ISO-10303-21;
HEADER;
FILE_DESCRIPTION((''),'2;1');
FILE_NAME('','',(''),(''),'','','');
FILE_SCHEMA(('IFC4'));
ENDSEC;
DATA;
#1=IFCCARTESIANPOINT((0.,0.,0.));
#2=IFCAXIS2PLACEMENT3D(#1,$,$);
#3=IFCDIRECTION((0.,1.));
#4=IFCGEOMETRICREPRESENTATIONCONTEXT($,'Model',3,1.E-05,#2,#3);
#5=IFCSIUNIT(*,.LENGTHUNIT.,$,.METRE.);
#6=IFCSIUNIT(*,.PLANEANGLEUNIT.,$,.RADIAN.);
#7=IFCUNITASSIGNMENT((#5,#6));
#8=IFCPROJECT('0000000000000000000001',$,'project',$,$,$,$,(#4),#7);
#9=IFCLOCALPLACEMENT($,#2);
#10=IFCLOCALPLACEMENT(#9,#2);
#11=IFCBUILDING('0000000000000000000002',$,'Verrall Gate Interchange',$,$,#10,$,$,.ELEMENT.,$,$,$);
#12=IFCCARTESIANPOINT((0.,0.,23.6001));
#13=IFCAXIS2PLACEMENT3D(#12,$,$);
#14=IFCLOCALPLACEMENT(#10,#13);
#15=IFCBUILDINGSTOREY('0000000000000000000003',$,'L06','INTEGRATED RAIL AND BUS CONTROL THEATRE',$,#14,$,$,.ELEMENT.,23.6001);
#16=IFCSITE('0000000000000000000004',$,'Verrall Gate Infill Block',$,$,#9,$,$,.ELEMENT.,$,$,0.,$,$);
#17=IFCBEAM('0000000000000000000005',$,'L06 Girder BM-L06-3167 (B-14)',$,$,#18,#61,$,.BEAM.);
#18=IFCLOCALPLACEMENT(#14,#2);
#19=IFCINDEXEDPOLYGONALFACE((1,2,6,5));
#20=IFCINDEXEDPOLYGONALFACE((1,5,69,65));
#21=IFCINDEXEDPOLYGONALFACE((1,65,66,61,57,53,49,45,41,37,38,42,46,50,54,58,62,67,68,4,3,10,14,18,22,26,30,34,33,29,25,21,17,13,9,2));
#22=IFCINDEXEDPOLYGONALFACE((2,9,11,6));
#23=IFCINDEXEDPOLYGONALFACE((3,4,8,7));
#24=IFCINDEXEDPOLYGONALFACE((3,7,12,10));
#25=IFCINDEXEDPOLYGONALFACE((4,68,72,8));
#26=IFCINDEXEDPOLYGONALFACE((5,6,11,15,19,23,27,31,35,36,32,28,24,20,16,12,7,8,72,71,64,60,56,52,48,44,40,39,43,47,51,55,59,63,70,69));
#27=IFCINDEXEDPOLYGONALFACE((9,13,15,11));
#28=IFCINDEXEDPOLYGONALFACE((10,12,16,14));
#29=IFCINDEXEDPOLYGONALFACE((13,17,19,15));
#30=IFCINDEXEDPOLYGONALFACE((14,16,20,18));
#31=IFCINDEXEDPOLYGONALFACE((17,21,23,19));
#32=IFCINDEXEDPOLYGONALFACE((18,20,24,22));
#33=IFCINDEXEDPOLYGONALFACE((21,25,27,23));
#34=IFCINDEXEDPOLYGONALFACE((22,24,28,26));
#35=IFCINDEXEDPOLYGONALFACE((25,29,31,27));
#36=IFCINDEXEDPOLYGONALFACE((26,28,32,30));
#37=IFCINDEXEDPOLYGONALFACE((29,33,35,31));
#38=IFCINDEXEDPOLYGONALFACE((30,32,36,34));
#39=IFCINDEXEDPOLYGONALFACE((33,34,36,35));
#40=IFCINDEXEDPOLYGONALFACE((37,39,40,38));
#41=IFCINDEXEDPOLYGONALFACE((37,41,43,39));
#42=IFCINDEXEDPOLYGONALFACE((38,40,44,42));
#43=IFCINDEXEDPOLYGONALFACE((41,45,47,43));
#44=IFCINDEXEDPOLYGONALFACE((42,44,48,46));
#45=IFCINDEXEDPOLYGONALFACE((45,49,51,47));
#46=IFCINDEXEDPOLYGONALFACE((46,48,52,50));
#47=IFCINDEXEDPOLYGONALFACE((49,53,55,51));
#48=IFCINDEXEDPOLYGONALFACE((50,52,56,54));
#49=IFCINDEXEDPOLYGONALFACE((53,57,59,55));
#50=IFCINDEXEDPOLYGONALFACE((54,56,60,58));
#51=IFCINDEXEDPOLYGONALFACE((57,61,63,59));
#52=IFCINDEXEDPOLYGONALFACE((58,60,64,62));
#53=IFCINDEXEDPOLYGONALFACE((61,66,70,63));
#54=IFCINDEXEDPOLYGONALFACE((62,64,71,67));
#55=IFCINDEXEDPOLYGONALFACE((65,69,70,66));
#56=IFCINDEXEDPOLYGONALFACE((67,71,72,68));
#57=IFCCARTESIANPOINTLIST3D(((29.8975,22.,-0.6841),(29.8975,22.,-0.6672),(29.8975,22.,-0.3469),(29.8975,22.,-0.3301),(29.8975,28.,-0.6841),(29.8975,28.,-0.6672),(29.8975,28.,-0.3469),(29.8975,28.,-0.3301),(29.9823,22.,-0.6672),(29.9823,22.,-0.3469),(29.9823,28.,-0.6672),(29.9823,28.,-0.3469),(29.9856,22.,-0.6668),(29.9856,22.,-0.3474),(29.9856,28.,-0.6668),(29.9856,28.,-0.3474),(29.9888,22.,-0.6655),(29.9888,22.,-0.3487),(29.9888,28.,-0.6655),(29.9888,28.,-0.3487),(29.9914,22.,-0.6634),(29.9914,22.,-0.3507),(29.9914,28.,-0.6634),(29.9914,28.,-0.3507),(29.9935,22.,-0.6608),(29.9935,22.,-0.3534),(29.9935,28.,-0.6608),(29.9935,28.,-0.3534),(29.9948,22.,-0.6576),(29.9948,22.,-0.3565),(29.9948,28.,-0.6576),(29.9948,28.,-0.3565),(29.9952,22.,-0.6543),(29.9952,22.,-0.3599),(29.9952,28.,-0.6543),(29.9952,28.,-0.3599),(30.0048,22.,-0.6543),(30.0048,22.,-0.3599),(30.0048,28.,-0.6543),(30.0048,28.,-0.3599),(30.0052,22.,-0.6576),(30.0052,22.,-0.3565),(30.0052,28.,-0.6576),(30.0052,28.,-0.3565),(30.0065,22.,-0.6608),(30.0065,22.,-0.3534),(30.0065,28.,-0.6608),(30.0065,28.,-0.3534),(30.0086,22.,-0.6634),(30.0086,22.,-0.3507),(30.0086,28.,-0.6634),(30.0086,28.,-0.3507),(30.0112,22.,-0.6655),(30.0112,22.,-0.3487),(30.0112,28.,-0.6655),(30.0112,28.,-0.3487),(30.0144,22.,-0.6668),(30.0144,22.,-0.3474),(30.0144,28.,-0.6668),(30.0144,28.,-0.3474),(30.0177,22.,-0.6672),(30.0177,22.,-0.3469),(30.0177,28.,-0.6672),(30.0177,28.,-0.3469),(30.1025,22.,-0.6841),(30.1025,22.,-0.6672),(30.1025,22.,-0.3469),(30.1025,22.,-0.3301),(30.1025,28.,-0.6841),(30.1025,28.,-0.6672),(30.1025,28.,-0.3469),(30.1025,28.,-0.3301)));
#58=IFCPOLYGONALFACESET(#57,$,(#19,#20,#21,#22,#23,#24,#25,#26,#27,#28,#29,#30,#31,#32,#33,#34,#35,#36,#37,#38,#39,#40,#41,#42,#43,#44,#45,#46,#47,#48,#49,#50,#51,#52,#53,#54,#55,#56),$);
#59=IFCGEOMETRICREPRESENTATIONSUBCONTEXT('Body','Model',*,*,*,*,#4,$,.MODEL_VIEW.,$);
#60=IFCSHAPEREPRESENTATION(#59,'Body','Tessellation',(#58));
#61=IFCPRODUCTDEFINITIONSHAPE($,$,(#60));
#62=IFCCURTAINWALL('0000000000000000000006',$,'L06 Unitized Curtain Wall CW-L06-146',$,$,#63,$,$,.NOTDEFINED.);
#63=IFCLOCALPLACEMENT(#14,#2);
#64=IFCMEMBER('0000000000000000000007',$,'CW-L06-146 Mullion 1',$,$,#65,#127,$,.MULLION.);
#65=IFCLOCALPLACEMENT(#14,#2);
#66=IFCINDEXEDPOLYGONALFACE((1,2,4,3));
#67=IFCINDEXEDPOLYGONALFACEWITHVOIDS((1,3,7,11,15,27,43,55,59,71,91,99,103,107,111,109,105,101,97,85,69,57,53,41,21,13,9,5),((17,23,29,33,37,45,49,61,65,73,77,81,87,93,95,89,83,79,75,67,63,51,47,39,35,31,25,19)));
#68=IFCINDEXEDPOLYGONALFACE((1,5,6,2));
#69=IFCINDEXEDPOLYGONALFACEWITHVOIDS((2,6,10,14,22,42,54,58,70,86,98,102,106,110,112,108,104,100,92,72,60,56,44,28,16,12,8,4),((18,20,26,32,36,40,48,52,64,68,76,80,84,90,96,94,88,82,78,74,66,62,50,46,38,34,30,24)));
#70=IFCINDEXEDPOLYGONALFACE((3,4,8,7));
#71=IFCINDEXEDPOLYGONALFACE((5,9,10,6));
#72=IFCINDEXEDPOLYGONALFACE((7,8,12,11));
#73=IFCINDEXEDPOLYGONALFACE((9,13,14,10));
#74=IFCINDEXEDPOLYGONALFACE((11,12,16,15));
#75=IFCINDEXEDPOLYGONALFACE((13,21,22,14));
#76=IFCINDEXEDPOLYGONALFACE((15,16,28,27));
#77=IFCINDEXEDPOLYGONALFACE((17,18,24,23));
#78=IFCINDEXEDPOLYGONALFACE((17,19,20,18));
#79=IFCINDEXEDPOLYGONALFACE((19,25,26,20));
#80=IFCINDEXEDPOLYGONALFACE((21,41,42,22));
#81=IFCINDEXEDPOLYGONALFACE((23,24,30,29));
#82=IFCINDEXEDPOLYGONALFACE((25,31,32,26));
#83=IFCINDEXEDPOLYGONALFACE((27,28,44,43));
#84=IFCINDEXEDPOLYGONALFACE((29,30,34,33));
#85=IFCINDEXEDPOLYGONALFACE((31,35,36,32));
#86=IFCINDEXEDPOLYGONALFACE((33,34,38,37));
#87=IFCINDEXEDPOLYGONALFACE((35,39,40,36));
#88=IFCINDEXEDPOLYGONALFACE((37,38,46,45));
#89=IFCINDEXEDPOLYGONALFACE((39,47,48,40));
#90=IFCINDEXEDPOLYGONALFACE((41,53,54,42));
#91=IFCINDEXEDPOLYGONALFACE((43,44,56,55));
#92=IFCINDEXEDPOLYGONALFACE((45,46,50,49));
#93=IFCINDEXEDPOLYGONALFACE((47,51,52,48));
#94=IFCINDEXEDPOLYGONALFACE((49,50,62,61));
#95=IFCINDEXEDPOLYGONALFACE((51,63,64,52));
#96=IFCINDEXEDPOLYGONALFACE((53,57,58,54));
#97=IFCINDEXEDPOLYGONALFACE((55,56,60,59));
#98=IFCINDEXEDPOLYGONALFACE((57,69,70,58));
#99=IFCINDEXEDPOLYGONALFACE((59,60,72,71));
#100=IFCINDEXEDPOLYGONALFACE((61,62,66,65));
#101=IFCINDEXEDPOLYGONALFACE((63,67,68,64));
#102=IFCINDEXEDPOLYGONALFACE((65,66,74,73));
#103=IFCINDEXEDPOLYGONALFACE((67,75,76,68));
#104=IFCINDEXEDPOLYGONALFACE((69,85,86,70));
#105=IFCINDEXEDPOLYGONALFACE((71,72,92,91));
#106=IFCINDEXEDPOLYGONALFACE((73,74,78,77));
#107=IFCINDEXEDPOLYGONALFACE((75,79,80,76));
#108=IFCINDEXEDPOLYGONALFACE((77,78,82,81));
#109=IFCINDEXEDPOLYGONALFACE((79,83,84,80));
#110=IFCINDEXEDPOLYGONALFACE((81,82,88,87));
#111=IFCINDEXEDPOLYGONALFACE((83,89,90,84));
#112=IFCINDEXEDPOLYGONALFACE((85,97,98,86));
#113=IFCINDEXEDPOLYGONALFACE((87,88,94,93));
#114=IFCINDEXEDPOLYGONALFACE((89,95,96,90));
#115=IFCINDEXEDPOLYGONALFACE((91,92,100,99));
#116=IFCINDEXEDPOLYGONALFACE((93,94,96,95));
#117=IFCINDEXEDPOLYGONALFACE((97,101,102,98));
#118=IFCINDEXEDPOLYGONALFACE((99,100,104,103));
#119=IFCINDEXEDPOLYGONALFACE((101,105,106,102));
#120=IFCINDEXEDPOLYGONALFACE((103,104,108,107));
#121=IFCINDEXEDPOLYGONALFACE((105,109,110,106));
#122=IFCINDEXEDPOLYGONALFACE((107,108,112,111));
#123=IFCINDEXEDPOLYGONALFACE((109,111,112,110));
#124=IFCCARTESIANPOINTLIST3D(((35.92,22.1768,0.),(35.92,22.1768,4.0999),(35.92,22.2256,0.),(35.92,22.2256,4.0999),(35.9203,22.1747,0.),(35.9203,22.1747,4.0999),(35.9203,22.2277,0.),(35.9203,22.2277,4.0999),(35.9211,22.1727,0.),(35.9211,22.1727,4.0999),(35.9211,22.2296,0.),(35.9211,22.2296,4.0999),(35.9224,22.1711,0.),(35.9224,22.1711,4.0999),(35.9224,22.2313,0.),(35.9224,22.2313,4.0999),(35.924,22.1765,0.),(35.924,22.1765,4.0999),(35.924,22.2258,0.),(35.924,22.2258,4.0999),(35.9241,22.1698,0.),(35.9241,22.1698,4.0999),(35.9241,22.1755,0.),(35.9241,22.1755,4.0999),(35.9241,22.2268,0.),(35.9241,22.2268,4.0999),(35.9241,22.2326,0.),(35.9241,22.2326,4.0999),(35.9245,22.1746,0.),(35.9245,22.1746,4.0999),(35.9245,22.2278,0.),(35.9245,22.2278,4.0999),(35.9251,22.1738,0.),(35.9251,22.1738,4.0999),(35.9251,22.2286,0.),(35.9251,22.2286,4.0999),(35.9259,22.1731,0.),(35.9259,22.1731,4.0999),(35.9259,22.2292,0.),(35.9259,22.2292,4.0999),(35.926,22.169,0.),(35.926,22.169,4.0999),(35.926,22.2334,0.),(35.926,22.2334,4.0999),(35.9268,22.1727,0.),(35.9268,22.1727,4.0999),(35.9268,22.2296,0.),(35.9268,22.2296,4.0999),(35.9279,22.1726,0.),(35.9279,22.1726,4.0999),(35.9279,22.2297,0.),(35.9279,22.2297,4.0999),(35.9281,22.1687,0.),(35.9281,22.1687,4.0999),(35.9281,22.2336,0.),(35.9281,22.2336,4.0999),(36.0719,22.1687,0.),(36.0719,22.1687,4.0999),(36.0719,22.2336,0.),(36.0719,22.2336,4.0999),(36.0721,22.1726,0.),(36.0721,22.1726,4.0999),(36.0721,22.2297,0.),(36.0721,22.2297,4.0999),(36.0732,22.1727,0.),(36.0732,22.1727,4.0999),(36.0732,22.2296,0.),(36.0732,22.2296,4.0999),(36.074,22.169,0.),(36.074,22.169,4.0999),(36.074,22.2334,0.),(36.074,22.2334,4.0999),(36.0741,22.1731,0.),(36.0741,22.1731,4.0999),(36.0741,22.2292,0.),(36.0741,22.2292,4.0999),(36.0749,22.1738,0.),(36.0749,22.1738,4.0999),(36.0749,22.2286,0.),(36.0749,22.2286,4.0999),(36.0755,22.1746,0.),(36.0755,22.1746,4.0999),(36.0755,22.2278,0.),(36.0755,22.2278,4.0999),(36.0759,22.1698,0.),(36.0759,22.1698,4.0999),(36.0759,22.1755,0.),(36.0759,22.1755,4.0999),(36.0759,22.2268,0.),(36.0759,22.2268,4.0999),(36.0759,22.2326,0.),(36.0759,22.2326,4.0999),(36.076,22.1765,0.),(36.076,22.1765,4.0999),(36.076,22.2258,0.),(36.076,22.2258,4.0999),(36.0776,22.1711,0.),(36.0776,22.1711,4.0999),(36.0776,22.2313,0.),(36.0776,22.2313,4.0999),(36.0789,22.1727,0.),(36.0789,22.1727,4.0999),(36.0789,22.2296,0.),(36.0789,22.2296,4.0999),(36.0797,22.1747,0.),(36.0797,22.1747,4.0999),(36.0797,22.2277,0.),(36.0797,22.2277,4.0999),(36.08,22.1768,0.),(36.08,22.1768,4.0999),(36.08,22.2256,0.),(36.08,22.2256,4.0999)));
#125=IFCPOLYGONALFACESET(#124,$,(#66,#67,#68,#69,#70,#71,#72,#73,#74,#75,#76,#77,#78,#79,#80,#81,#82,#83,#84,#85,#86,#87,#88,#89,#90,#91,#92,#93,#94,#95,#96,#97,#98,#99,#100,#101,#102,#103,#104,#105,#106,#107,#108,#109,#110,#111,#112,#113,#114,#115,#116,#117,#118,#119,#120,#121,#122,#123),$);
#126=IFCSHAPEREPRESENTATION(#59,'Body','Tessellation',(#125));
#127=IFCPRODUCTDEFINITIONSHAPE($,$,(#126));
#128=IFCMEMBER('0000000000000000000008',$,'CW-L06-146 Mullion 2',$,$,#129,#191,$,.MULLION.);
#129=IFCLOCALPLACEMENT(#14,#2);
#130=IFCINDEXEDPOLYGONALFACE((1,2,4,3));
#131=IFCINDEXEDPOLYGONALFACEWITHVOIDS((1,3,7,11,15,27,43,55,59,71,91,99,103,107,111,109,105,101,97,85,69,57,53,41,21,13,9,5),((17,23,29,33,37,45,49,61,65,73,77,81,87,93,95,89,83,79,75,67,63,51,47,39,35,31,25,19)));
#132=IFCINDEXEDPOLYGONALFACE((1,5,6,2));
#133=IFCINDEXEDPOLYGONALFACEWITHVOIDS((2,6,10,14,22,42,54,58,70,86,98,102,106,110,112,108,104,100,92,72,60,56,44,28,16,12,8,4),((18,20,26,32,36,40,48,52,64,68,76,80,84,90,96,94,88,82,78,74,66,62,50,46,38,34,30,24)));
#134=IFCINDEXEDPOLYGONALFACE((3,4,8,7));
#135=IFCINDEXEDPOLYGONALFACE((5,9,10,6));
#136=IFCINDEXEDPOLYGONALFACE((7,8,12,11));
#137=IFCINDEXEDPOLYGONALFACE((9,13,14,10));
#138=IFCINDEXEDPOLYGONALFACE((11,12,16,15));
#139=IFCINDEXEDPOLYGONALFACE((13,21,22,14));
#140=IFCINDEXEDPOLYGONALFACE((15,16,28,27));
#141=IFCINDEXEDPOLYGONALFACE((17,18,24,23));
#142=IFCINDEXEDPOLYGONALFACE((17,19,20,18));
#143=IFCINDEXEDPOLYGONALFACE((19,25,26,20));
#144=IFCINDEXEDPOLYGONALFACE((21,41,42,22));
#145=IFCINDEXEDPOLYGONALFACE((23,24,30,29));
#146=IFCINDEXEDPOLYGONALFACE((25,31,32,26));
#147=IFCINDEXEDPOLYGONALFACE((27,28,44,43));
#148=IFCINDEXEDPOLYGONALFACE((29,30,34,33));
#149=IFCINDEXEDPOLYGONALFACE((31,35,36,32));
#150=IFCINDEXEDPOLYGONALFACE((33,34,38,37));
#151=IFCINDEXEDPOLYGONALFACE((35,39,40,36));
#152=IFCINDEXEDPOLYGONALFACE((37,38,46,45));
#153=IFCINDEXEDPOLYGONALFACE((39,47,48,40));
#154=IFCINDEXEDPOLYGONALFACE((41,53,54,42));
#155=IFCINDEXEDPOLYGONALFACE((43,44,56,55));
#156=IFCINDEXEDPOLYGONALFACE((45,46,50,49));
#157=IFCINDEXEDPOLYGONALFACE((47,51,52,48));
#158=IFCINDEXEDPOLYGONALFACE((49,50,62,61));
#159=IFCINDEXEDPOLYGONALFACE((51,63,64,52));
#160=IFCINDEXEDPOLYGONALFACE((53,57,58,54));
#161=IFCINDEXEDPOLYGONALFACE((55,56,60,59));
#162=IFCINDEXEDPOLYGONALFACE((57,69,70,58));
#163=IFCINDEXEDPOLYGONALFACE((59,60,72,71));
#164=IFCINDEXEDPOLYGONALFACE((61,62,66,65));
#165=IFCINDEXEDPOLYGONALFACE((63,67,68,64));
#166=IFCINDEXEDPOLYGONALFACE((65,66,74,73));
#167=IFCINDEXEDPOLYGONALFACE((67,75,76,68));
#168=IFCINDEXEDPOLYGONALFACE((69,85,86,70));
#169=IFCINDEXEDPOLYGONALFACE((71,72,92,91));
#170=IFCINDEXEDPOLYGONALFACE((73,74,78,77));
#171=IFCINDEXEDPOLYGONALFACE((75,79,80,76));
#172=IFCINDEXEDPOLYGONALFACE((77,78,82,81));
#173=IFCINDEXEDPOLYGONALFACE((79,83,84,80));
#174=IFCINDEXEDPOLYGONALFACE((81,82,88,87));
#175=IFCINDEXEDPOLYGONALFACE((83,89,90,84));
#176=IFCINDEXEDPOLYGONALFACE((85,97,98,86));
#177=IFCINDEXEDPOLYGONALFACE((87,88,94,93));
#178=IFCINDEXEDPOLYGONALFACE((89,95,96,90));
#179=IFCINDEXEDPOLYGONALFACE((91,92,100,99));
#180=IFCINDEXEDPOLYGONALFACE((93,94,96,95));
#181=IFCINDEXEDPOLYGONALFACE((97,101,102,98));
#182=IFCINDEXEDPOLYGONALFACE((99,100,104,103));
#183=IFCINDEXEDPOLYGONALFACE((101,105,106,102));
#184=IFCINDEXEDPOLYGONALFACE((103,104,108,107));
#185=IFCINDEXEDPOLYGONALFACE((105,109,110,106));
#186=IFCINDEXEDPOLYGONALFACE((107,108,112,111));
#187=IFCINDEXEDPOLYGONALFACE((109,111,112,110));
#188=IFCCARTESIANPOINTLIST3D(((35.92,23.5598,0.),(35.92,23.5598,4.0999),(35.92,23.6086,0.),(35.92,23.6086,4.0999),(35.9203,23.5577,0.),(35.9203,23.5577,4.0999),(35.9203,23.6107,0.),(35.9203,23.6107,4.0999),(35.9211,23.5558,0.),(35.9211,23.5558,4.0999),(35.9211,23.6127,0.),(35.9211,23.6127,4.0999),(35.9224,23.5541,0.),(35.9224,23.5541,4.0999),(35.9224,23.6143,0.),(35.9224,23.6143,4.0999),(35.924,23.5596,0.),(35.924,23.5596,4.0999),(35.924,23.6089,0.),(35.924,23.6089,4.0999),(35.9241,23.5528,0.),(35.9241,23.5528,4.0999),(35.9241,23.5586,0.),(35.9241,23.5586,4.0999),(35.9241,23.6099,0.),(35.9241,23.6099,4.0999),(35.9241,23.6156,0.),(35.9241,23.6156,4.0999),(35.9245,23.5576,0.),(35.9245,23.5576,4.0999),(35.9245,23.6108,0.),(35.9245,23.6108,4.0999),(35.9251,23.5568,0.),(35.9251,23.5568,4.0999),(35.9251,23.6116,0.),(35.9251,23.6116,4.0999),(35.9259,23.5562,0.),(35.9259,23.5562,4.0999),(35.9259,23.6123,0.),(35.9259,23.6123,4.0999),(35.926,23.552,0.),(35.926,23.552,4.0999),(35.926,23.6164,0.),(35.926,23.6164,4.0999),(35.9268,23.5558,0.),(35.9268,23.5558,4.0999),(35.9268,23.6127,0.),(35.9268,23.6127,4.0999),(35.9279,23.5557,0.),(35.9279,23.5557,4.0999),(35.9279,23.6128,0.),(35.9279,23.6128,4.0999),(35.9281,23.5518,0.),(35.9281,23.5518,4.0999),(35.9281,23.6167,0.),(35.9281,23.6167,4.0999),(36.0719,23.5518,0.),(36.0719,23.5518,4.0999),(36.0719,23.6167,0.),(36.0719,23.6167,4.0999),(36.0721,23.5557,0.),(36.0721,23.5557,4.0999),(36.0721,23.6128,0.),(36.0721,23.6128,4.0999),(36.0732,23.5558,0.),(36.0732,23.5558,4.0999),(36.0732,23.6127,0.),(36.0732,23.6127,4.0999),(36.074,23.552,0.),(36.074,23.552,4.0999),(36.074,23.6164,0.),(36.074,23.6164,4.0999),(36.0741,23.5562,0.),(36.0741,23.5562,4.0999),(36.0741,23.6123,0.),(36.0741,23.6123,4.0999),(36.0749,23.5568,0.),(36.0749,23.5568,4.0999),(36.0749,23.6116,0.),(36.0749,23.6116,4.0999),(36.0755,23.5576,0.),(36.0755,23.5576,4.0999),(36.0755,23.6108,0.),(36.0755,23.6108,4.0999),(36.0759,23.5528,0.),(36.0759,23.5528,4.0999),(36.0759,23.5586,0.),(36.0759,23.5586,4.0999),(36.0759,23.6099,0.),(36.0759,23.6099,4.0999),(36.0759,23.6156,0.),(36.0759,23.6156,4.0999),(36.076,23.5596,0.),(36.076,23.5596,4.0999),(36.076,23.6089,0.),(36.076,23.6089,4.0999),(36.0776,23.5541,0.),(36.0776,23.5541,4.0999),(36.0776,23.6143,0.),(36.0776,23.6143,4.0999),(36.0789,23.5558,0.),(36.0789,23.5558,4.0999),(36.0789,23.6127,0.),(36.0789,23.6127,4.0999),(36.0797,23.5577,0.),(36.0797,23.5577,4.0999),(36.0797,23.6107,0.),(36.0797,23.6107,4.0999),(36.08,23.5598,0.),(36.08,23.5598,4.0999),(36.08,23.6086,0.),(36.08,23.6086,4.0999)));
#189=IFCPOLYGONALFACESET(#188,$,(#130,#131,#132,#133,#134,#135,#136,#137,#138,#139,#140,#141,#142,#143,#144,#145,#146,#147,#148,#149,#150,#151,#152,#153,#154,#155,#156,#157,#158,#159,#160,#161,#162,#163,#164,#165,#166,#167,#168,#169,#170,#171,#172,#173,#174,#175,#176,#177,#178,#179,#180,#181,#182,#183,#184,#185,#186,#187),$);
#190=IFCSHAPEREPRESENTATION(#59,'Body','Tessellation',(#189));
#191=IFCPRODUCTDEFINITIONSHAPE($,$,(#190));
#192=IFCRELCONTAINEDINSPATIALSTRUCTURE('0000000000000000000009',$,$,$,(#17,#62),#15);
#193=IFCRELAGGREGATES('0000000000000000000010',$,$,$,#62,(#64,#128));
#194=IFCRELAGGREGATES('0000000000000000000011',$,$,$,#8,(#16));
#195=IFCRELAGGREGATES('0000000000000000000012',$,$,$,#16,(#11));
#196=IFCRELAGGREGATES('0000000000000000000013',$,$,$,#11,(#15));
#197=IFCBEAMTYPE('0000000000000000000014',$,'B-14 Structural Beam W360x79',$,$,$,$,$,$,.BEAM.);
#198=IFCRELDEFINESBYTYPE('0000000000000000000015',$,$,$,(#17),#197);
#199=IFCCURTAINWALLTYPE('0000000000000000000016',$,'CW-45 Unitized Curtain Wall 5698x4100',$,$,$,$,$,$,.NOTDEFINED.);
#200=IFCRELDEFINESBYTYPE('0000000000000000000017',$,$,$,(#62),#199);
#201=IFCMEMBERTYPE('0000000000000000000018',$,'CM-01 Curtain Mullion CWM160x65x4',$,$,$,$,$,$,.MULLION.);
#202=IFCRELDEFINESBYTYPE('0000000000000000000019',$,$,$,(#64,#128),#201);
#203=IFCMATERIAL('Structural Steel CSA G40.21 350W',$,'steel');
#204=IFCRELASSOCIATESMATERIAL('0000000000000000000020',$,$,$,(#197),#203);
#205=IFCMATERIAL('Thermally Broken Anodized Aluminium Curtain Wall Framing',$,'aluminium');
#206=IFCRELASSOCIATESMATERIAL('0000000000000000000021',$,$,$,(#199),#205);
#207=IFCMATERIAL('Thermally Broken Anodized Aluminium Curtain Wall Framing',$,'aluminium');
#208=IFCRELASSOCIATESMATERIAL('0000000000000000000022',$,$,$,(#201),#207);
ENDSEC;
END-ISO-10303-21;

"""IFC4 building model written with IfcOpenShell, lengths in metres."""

from ifc_helpers import new_model, si_unit, direction, frame, origin, origin_2d, place, context, subcontext, project, spatial, hollow_rectangle, i_section, extrude, material, material_profile, profile_set, type_object, element, aggregate, save


model = new_model("IFC4")

# Units and contexts
model_context = context("Model", 3, precision=1e-05, world=origin(), true_north=direction((0.0, 1.0)))
body_context = subcontext(model_context, "Body", "Model", "MODEL_VIEW")
ifc_project = project(units=[si_unit("LENGTHUNIT", "METRE"), si_unit("PLANEANGLEUNIT", "RADIAN")], contexts=[model_context])

# Site, building, storey
site_placement = place(None, origin())
site = spatial("IfcSite", under=ifc_project, at=site_placement, Name="Verrall Gate Infill Block", CompositionType="ELEMENT", RefElevation=0.0)
building_placement = place(site_placement, origin())
building = spatial("IfcBuilding", under=site, at=building_placement, Name="Verrall Gate Interchange", CompositionType="ELEMENT")
storey_placement = place(building_placement, frame((0.0, 0.0, 23.6001)))
storey = spatial("IfcBuildingStorey", under=building, at=storey_placement, Name="L06", Description="INTEGRATED RAIL AND BUS CONTROL THEATRE", CompositionType="ELEMENT", Elevation=23.6001)

# Beam
ifc_material_1 = material(Name="Structural Steel CSA G40.21 350W", Category="steel")
ifc_material_profile_1 = material_profile(ifc_material_1, i_section(OverallWidth=0.2051, OverallDepth=0.354, WebThickness=0.0095, FlangeThickness=0.0168, FilletRadius=0.0129, at=origin_2d()), Name="W360x79")
ifc_profile_set_1 = profile_set([ifc_material_profile_1], Name="Structural Steel CSA G40.21 350W")
beam_type_1 = type_object("IfcBeamType", Name="B-14 Structural Beam W360x79", PredefinedType="BEAM", material=ifc_profile_set_1)
for number, where, z_axis, x_axis, name in (
    (1, (30.0, 22.0, -0.5071), (0.0, 1.0, 0.0), (-1.0, 0.0, 0.0), "L06 Girder BM-L06-3167 (B-14)"),
):
    element("IfcBeam", number, at=place(storey_placement, frame(where, z_axis=z_axis, x_axis=x_axis)), inside=storey, type_object=beam_type_1, Name=name, PredefinedType="BEAM", context=body_context, shape_type="SweptSolid", body=[
        extrude(i_section(OverallWidth=0.2051, OverallDepth=0.354, WebThickness=0.0095, FlangeThickness=0.0168, FilletRadius=0.0129, at=origin_2d()), origin(), (0.0, 0.0, 1.0), 6.0),
    ])

# Curtain wall, members
ifc_material_2 = material(Name="Thermally Broken Anodized Aluminium Curtain Wall Framing", Category="aluminium")
curtain_wall_type = type_object("IfcCurtainWallType", Name="CW-45 Unitized Curtain Wall 5698x4100", PredefinedType="NOTDEFINED", material=ifc_material_2)
curtain_wall_1_placement = place(storey_placement, origin())
curtain_wall_1 = element("IfcCurtainWall", 2, at=curtain_wall_1_placement, inside=storey, type_object=curtain_wall_type, Name="L06 Unitized Curtain Wall CW-L06-146", PredefinedType="NOTDEFINED")
ifc_material_3 = material(Name="Thermally Broken Anodized Aluminium Curtain Wall Framing", Category="aluminium")
ifc_material_profile_2 = material_profile(ifc_material_3, hollow_rectangle(XDim=0.0649, YDim=0.1599, WallThickness=0.0039, InnerFilletRadius=0.0039, OuterFilletRadius=0.0081, at=origin_2d()), Name="CWM160x65x4")
ifc_profile_set_2 = profile_set([ifc_material_profile_2], Name="Thermally Broken Anodized Aluminium Curtain Wall Framing")
member_type_1 = type_object("IfcMemberType", Name="CM-01 Curtain Mullion CWM160x65x4", PredefinedType="MULLION", material=ifc_profile_set_2)
member_1_placement = place(storey_placement, frame((36.0, 22.2012, 0.0), z_axis=(0.0, 0.0, 1.0), x_axis=(0.0, 1.0, 0.0)))
member_1 = element("IfcMember", 3, at=member_1_placement, type_object=member_type_1, Name="CW-L06-146 Mullion 1", PredefinedType="MULLION", context=body_context, shape_type="SweptSolid", body=[
    extrude(hollow_rectangle(XDim=0.0649, YDim=0.1599, WallThickness=0.0039, InnerFilletRadius=0.0039, OuterFilletRadius=0.0081, at=origin_2d()), origin(), (0.0, 0.0, 1.0), 4.0999),
])
member_2_placement = place(storey_placement, frame((36.0, 23.5842, 0.0), z_axis=(0.0, 0.0, 1.0), x_axis=(0.0, 1.0, 0.0)))
member_2 = element("IfcMember", 4, at=member_2_placement, type_object=member_type_1, Name="CW-L06-146 Mullion 2", PredefinedType="MULLION", context=body_context, shape_type="SweptSolid", body=[
    extrude(hollow_rectangle(XDim=0.0649, YDim=0.1599, WallThickness=0.0039, InnerFilletRadius=0.0039, OuterFilletRadius=0.0081, at=origin_2d()), origin(), (0.0, 0.0, 1.0), 4.0999),
])

aggregate(curtain_wall_1, [member_1, member_2])

save(model, "model.ifc")
